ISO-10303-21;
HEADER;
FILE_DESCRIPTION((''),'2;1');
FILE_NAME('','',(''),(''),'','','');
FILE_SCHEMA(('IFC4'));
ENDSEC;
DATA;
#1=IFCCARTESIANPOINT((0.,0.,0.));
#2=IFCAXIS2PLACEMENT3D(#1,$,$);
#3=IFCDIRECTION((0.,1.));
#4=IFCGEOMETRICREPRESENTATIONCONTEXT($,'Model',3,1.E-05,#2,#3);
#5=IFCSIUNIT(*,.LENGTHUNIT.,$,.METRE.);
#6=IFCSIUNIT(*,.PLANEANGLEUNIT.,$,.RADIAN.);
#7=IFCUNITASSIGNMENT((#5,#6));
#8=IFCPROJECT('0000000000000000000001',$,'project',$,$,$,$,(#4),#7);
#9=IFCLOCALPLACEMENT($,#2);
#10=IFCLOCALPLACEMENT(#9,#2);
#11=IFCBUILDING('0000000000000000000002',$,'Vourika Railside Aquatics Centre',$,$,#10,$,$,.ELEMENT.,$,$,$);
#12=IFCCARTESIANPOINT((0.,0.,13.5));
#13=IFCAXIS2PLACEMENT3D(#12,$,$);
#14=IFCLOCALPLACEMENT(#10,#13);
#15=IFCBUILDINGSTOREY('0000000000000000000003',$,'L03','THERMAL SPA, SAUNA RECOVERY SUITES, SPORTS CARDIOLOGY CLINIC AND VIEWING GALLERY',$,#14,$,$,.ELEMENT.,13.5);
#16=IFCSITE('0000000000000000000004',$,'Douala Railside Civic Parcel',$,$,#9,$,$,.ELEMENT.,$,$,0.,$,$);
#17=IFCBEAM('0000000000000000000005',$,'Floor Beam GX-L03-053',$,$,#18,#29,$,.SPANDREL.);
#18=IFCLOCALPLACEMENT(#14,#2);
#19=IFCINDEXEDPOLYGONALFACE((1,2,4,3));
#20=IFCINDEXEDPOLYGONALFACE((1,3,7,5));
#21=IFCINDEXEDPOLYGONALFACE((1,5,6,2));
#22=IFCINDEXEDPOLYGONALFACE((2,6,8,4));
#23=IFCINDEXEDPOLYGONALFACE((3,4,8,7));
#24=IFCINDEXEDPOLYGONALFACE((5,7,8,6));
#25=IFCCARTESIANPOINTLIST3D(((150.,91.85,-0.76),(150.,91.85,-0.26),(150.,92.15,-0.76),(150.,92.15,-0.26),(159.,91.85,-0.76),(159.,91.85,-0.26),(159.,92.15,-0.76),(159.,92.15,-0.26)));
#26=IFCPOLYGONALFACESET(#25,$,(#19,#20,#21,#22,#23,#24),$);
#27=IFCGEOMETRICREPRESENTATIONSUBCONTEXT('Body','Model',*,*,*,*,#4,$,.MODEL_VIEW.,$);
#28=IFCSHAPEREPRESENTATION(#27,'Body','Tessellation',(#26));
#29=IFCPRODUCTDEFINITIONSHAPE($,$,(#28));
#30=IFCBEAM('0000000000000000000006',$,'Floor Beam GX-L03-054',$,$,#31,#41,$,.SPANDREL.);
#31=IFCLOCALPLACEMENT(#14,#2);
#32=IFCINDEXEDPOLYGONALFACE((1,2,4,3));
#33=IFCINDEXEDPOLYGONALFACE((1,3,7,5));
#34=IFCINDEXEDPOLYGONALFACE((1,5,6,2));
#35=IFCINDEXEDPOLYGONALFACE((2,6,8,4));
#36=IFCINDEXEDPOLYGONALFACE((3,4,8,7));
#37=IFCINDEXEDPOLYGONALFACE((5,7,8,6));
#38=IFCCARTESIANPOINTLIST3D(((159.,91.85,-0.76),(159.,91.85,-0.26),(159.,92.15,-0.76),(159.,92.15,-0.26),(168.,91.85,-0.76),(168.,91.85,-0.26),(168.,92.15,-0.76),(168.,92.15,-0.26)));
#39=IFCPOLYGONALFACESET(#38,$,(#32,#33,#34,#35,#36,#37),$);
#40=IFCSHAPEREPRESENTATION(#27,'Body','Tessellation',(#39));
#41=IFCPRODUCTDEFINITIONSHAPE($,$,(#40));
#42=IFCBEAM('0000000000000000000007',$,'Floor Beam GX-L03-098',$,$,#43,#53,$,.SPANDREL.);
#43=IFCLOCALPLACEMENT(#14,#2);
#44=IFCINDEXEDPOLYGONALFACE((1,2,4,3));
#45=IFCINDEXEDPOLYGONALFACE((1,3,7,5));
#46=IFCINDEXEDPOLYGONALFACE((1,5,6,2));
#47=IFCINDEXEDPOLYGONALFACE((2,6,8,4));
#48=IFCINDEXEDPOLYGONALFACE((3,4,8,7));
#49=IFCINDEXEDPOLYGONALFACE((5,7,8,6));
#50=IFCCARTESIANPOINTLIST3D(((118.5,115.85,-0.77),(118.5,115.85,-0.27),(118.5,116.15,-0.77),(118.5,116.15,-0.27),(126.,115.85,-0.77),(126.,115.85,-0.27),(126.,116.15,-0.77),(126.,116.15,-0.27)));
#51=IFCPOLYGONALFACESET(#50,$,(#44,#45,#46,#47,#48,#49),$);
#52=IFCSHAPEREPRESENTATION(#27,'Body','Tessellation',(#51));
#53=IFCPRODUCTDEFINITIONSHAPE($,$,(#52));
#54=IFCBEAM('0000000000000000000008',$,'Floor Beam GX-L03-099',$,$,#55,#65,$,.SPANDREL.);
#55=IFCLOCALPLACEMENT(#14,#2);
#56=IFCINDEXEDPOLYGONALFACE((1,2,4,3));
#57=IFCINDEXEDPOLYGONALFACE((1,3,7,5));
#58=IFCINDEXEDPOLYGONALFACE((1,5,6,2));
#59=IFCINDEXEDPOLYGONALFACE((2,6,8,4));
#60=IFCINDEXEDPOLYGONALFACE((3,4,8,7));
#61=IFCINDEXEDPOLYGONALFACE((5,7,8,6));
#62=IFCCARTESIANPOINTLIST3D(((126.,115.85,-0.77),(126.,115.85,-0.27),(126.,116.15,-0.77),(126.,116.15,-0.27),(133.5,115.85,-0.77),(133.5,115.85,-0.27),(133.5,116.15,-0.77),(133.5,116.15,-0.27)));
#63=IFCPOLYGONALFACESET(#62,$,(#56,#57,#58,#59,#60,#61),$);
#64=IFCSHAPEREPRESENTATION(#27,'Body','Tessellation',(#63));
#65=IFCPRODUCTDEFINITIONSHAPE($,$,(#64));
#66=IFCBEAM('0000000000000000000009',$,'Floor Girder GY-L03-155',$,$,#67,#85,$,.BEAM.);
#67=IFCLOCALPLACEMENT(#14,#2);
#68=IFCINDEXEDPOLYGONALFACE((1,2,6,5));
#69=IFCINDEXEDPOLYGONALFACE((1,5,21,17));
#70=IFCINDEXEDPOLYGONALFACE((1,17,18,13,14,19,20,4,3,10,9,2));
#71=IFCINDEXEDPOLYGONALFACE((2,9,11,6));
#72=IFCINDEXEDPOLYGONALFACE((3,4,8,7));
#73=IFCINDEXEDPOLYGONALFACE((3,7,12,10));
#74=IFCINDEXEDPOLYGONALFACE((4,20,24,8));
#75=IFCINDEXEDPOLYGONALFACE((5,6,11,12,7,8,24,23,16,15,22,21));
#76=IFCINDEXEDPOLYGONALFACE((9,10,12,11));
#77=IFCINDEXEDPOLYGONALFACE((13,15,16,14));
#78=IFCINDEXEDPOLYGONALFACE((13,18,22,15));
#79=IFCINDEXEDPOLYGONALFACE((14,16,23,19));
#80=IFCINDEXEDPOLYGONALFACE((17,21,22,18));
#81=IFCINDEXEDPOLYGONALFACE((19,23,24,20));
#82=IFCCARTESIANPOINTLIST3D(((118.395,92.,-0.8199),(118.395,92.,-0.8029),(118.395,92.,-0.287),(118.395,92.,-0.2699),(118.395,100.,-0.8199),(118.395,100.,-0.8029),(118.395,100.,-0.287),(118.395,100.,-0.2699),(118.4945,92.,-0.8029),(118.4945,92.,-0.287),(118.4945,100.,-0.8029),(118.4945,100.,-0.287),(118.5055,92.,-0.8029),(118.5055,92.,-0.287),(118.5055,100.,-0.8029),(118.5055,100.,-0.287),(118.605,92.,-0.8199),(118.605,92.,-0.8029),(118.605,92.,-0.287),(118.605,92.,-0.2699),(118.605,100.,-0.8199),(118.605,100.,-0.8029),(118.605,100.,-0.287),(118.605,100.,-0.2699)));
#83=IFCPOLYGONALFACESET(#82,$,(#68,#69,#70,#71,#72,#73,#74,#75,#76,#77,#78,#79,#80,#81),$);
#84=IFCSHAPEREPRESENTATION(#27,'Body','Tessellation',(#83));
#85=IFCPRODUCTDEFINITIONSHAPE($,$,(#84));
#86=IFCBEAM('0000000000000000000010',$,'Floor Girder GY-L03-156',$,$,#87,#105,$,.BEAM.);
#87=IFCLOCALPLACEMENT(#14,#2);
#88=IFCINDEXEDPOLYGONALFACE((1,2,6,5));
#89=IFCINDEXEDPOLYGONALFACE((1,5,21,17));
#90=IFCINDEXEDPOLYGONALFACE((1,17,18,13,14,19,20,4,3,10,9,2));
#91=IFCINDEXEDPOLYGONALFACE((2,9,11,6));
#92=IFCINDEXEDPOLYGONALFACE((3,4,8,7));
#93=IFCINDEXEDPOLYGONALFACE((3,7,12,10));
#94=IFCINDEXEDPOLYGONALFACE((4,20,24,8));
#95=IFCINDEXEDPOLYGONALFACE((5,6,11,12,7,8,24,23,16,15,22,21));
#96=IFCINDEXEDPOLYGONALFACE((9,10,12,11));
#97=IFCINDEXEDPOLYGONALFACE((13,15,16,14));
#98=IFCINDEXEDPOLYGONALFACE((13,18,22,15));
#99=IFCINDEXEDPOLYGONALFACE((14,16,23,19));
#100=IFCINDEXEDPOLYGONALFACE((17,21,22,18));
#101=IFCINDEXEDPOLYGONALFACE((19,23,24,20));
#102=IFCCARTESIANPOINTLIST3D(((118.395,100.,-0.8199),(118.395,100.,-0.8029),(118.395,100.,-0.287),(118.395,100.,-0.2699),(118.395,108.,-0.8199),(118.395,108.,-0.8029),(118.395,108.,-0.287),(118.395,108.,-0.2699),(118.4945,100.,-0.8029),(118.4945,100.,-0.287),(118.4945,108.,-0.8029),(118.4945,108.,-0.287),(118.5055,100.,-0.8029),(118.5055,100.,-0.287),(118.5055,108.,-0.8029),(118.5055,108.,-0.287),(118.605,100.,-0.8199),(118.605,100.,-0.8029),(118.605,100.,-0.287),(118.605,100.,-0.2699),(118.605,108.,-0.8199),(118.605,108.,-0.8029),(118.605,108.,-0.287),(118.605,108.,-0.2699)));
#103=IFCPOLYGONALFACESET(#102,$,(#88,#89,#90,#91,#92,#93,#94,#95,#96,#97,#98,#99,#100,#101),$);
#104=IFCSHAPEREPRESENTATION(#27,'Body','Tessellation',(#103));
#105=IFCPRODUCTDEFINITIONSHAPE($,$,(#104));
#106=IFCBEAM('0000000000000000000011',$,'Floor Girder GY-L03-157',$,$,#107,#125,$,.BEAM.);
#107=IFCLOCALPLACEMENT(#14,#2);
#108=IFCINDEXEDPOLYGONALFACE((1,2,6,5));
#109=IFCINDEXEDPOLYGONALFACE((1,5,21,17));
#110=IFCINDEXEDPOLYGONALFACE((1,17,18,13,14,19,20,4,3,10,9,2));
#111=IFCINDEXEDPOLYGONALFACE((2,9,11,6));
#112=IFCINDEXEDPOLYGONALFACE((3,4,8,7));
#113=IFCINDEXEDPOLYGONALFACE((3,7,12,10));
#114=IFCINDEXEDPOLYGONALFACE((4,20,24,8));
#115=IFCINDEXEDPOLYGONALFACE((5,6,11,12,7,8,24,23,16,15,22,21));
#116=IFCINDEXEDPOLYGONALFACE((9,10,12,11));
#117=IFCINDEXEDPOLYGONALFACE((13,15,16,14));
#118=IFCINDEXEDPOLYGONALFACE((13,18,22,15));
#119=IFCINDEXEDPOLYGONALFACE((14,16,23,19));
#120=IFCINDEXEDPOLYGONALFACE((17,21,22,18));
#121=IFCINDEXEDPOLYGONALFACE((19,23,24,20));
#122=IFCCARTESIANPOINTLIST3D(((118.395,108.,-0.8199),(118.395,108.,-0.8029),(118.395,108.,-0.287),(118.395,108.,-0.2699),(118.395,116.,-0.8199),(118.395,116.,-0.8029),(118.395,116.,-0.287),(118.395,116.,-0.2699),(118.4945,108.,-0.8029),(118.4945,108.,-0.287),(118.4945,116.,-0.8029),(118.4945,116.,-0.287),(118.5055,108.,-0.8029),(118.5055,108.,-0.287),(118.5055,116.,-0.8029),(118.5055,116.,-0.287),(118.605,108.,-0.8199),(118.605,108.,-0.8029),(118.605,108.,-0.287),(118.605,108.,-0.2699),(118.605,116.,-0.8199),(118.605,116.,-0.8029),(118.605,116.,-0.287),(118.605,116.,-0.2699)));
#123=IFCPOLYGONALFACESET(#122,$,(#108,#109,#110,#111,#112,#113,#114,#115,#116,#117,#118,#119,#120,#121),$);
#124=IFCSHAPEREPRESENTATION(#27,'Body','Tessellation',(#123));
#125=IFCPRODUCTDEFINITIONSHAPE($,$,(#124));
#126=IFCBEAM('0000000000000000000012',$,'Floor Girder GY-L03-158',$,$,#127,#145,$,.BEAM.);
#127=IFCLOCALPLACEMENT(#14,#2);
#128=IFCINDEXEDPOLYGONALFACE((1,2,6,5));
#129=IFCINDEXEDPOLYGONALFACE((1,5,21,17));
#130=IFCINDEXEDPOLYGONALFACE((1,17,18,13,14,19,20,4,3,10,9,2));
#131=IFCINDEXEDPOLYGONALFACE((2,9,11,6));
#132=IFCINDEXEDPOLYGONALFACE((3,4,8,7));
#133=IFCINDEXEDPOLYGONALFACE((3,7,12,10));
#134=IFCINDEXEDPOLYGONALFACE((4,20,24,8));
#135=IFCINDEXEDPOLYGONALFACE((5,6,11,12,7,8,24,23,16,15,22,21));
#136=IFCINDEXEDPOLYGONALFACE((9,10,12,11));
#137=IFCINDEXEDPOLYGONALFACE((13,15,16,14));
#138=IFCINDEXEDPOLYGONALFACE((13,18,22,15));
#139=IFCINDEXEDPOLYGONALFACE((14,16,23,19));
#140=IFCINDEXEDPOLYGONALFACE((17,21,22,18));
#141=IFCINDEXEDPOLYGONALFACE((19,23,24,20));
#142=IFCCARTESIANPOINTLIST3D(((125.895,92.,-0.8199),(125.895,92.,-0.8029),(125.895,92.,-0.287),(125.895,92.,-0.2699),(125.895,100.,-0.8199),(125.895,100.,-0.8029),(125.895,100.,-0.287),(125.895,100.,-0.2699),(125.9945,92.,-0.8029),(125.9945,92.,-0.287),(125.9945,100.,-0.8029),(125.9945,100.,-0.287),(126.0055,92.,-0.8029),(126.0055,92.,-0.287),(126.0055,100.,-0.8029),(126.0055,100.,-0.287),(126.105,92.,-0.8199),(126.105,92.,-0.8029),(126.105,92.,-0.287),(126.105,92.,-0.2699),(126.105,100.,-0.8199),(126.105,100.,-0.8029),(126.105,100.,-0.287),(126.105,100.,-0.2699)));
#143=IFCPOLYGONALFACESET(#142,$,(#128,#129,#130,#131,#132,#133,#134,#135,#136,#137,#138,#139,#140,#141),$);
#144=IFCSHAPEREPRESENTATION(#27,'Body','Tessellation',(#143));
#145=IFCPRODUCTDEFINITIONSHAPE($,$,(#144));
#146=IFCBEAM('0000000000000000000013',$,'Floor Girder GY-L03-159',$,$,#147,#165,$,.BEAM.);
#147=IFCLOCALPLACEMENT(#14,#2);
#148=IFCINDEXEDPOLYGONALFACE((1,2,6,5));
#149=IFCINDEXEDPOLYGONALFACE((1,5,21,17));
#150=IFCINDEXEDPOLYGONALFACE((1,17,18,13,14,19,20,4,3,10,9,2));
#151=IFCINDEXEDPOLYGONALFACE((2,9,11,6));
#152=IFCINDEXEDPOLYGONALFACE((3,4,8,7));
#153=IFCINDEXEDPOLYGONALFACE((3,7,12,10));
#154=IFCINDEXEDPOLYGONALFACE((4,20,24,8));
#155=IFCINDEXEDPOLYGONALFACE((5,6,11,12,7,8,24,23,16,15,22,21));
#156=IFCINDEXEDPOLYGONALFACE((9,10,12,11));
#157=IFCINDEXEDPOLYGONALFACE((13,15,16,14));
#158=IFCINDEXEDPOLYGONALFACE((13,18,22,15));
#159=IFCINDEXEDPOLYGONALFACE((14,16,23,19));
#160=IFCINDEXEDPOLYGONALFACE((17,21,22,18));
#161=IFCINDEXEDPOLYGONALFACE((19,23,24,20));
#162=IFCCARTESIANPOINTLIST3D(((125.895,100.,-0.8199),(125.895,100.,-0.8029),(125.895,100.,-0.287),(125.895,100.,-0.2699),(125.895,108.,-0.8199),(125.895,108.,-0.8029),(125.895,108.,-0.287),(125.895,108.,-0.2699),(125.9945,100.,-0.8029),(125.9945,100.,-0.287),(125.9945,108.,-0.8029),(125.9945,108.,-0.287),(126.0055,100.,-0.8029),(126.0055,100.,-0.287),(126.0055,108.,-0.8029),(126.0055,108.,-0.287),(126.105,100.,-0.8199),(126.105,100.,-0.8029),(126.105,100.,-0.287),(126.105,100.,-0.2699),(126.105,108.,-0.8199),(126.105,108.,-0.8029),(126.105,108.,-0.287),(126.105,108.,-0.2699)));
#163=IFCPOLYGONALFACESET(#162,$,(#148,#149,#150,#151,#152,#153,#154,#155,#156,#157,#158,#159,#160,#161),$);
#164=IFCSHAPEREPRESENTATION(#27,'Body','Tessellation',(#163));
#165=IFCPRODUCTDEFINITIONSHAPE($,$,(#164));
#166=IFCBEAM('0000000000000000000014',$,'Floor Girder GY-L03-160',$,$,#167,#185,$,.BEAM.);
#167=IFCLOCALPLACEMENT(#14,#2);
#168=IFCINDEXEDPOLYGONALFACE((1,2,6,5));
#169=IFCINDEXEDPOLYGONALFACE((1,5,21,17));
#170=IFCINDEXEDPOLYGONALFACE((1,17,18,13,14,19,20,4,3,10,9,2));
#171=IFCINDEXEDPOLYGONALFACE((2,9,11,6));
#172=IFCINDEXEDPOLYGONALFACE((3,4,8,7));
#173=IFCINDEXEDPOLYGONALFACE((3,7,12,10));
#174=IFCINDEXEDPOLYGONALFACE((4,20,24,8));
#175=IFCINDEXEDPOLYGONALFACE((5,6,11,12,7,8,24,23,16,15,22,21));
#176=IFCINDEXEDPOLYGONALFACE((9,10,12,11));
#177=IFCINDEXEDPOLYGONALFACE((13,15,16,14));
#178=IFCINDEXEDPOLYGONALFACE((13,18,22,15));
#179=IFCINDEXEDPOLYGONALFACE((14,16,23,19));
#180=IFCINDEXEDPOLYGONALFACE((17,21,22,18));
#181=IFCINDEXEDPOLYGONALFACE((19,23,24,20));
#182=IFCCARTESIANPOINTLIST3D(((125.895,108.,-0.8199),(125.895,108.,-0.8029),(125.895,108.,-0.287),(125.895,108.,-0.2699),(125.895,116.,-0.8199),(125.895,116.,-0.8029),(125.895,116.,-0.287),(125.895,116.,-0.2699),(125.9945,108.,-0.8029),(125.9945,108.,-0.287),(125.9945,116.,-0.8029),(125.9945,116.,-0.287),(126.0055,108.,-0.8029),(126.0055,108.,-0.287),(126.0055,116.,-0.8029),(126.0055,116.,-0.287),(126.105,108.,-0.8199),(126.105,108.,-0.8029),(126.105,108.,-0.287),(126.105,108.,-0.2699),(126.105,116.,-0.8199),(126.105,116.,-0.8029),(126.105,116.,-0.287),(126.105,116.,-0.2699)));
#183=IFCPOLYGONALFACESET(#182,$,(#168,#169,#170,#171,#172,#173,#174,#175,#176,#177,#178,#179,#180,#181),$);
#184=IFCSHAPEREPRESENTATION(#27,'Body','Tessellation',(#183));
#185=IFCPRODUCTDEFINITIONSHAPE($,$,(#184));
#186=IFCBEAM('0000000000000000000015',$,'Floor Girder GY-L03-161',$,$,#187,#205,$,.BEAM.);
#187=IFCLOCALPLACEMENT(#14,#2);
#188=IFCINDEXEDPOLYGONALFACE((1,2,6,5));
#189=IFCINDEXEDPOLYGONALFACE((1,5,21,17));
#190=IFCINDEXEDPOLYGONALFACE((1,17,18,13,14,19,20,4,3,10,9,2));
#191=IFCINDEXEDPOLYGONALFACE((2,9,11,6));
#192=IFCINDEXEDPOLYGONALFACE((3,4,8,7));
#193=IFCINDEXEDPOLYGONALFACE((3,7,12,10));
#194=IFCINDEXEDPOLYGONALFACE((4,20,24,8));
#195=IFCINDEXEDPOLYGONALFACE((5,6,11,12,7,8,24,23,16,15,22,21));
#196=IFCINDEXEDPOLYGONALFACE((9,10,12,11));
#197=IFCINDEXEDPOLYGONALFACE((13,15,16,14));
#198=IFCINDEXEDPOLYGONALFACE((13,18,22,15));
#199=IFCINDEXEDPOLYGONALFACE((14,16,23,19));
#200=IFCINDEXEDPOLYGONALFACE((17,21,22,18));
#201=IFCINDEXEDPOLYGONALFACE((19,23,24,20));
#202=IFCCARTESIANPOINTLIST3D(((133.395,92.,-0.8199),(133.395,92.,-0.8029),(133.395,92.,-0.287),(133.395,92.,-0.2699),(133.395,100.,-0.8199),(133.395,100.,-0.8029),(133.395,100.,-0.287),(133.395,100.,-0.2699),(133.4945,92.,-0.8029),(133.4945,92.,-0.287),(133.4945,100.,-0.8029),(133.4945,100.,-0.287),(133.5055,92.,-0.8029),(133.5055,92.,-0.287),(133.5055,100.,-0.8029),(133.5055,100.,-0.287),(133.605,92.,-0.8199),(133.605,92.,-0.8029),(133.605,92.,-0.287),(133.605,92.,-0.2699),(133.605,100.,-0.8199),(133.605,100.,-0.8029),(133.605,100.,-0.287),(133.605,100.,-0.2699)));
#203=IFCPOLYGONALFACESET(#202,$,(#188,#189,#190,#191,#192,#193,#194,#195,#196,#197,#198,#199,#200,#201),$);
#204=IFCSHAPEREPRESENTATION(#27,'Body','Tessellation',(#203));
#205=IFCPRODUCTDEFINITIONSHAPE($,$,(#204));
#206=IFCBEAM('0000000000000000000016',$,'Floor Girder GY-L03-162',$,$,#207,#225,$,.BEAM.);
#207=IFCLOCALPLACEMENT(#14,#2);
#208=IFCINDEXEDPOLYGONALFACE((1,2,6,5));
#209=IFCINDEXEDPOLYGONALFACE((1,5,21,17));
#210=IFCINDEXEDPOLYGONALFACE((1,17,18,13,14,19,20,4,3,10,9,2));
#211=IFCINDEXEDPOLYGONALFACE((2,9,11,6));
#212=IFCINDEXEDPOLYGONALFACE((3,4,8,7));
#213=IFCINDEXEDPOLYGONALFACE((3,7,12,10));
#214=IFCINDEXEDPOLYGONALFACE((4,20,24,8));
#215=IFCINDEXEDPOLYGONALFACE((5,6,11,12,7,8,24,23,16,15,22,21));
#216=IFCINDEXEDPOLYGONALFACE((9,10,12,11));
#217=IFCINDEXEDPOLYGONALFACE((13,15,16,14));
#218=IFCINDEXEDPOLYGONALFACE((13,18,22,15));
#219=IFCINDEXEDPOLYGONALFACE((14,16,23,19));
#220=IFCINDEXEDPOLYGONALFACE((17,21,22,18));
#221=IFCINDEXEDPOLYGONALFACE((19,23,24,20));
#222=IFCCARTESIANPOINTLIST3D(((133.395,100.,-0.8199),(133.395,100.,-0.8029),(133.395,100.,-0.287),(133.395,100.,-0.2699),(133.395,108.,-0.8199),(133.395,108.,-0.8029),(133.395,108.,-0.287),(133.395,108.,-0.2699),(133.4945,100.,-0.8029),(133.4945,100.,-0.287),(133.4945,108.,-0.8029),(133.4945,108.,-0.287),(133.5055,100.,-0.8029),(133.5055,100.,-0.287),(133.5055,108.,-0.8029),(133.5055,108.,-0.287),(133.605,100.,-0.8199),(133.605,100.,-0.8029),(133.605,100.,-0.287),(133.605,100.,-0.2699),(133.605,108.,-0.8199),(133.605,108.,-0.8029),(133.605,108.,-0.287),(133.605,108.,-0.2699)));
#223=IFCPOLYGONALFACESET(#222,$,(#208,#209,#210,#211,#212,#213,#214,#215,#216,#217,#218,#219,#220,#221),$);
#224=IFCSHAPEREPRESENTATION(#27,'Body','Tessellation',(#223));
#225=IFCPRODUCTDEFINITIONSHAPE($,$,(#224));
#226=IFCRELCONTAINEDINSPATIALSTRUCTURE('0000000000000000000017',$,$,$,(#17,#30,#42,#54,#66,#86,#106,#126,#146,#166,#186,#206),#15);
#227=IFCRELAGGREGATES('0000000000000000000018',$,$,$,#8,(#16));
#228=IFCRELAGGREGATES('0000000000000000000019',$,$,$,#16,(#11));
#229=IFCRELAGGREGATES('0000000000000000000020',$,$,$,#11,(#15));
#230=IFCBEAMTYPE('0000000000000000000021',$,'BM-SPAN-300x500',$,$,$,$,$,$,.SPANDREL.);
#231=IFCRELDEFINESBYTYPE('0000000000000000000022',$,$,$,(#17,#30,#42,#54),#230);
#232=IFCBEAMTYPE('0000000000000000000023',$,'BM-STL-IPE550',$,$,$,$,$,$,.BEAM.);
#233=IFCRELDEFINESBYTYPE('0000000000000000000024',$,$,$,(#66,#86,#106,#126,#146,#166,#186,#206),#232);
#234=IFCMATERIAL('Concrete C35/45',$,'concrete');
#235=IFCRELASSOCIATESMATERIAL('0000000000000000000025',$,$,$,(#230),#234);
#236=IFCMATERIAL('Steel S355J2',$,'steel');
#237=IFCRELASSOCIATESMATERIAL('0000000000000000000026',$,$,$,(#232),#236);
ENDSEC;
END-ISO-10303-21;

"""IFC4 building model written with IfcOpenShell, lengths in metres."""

from ifc_helpers import new_model, si_unit, direction, frame, origin, origin_2d, place, context, subcontext, project, spatial, rectangle, i_section, extrude, material, material_profile, profile_set, type_object, element, save


model = new_model("IFC4")

# Units and contexts
model_context = context("Model", 3, precision=1e-05, world=origin(), true_north=direction((0.0, 1.0)))
body_context = subcontext(model_context, "Body", "Model", "MODEL_VIEW")
ifc_project = project(units=[si_unit("LENGTHUNIT", "METRE"), si_unit("PLANEANGLEUNIT", "RADIAN")], contexts=[model_context])

# Site, building, storey
site_placement = place(None, origin())
site = spatial("IfcSite", under=ifc_project, at=site_placement, Name="Douala Railside Civic Parcel", CompositionType="ELEMENT", RefElevation=0.0)
building_placement = place(site_placement, origin())
building = spatial("IfcBuilding", under=site, at=building_placement, Name="Vourika Railside Aquatics Centre", CompositionType="ELEMENT")
storey_placement = place(building_placement, frame((0.0, 0.0, 13.5)))
storey = spatial("IfcBuildingStorey", under=building, at=storey_placement, Name="L03", Description="THERMAL SPA, SAUNA RECOVERY SUITES, SPORTS CARDIOLOGY CLINIC AND VIEWING GALLERY", CompositionType="ELEMENT", Elevation=13.5)

# Beams
ifc_material_1 = material(Name="Concrete C35/45", Category="concrete")
ifc_material_profile_1 = material_profile(ifc_material_1, rectangle(XDim=0.3, YDim=0.5, at=origin_2d()), Name="RC 300x500")
ifc_profile_set_1 = profile_set([ifc_material_profile_1], Name="Concrete C35/45")
beam_type_1 = type_object("IfcBeamType", Name="BM-SPAN-300x500", PredefinedType="SPANDREL", material=ifc_profile_set_1)
for number, where, z_axis, x_axis, name in (
    (1, (150.0, 92.0, -0.51), (1.0, 0.0, 0.0), (0.0, 1.0, 0.0), "Floor Beam GX-L03-053"),
    (2, (159.0, 92.0, -0.51), (1.0, 0.0, 0.0), (0.0, 1.0, 0.0), "Floor Beam GX-L03-054"),
):
    element("IfcBeam", number, at=place(storey_placement, frame(where, z_axis=z_axis, x_axis=x_axis)), inside=storey, type_object=beam_type_1, Name=name, PredefinedType="SPANDREL", context=body_context, shape_type="SweptSolid", body=[
        extrude(rectangle(XDim=0.3, YDim=0.5, at=origin_2d()), origin(), (0.0, 0.0, 1.0), 9.0),
    ])
for number, where, z_axis, x_axis, name in (
    (3, (118.5, 116.0, -0.52), (1.0, 0.0, 0.0), (0.0, 1.0, 0.0), "Floor Beam GX-L03-098"),
    (4, (126.0, 116.0, -0.52), (1.0, 0.0, 0.0), (0.0, 1.0, 0.0), "Floor Beam GX-L03-099"),
):
    element("IfcBeam", number, at=place(storey_placement, frame(where, z_axis=z_axis, x_axis=x_axis)), inside=storey, type_object=beam_type_1, Name=name, PredefinedType="SPANDREL", context=body_context, shape_type="SweptSolid", body=[
        extrude(rectangle(XDim=0.3, YDim=0.5, at=origin_2d()), origin(), (0.0, 0.0, 1.0), 7.5),
    ])
ifc_material_2 = material(Name="Steel S355J2", Category="steel")
ifc_material_profile_2 = material_profile(ifc_material_2, i_section(OverallWidth=0.21, OverallDepth=0.55, WebThickness=0.011, FlangeThickness=0.0171, at=origin_2d()), Name="IPE 550")
ifc_profile_set_2 = profile_set([ifc_material_profile_2], Name="Steel S355J2")
beam_type_2 = type_object("IfcBeamType", Name="BM-STL-IPE550", PredefinedType="BEAM", material=ifc_profile_set_2)
for number, where, z_axis, x_axis, name in (
    (5, (118.5, 92.0, -0.5449), (0.0, 1.0, 0.0), (-1.0, 0.0, 0.0), "Floor Girder GY-L03-155"),
    (6, (118.5, 100.0, -0.5449), (0.0, 1.0, 0.0), (-1.0, 0.0, 0.0), "Floor Girder GY-L03-156"),
    (7, (118.5, 108.0, -0.5449), (0.0, 1.0, 0.0), (-1.0, 0.0, 0.0), "Floor Girder GY-L03-157"),
    (8, (126.0, 92.0, -0.5449), (0.0, 1.0, 0.0), (-1.0, 0.0, 0.0), "Floor Girder GY-L03-158"),
    (9, (126.0, 100.0, -0.5449), (0.0, 1.0, 0.0), (-1.0, 0.0, 0.0), "Floor Girder GY-L03-159"),
    (10, (126.0, 108.0, -0.5449), (0.0, 1.0, 0.0), (-1.0, 0.0, 0.0), "Floor Girder GY-L03-160"),
    (11, (133.5, 92.0, -0.5449), (0.0, 1.0, 0.0), (-1.0, 0.0, 0.0), "Floor Girder GY-L03-161"),
    (12, (133.5, 100.0, -0.5449), (0.0, 1.0, 0.0), (-1.0, 0.0, 0.0), "Floor Girder GY-L03-162"),
):
    element("IfcBeam", number, at=place(storey_placement, frame(where, z_axis=z_axis, x_axis=x_axis)), inside=storey, type_object=beam_type_2, Name=name, PredefinedType="BEAM", context=body_context, shape_type="SweptSolid", body=[
        extrude(i_section(OverallWidth=0.21, OverallDepth=0.55, WebThickness=0.011, FlangeThickness=0.0171, at=origin_2d()), origin(), (0.0, 0.0, 1.0), 8.0),
    ])

save(model, "model.ifc")
